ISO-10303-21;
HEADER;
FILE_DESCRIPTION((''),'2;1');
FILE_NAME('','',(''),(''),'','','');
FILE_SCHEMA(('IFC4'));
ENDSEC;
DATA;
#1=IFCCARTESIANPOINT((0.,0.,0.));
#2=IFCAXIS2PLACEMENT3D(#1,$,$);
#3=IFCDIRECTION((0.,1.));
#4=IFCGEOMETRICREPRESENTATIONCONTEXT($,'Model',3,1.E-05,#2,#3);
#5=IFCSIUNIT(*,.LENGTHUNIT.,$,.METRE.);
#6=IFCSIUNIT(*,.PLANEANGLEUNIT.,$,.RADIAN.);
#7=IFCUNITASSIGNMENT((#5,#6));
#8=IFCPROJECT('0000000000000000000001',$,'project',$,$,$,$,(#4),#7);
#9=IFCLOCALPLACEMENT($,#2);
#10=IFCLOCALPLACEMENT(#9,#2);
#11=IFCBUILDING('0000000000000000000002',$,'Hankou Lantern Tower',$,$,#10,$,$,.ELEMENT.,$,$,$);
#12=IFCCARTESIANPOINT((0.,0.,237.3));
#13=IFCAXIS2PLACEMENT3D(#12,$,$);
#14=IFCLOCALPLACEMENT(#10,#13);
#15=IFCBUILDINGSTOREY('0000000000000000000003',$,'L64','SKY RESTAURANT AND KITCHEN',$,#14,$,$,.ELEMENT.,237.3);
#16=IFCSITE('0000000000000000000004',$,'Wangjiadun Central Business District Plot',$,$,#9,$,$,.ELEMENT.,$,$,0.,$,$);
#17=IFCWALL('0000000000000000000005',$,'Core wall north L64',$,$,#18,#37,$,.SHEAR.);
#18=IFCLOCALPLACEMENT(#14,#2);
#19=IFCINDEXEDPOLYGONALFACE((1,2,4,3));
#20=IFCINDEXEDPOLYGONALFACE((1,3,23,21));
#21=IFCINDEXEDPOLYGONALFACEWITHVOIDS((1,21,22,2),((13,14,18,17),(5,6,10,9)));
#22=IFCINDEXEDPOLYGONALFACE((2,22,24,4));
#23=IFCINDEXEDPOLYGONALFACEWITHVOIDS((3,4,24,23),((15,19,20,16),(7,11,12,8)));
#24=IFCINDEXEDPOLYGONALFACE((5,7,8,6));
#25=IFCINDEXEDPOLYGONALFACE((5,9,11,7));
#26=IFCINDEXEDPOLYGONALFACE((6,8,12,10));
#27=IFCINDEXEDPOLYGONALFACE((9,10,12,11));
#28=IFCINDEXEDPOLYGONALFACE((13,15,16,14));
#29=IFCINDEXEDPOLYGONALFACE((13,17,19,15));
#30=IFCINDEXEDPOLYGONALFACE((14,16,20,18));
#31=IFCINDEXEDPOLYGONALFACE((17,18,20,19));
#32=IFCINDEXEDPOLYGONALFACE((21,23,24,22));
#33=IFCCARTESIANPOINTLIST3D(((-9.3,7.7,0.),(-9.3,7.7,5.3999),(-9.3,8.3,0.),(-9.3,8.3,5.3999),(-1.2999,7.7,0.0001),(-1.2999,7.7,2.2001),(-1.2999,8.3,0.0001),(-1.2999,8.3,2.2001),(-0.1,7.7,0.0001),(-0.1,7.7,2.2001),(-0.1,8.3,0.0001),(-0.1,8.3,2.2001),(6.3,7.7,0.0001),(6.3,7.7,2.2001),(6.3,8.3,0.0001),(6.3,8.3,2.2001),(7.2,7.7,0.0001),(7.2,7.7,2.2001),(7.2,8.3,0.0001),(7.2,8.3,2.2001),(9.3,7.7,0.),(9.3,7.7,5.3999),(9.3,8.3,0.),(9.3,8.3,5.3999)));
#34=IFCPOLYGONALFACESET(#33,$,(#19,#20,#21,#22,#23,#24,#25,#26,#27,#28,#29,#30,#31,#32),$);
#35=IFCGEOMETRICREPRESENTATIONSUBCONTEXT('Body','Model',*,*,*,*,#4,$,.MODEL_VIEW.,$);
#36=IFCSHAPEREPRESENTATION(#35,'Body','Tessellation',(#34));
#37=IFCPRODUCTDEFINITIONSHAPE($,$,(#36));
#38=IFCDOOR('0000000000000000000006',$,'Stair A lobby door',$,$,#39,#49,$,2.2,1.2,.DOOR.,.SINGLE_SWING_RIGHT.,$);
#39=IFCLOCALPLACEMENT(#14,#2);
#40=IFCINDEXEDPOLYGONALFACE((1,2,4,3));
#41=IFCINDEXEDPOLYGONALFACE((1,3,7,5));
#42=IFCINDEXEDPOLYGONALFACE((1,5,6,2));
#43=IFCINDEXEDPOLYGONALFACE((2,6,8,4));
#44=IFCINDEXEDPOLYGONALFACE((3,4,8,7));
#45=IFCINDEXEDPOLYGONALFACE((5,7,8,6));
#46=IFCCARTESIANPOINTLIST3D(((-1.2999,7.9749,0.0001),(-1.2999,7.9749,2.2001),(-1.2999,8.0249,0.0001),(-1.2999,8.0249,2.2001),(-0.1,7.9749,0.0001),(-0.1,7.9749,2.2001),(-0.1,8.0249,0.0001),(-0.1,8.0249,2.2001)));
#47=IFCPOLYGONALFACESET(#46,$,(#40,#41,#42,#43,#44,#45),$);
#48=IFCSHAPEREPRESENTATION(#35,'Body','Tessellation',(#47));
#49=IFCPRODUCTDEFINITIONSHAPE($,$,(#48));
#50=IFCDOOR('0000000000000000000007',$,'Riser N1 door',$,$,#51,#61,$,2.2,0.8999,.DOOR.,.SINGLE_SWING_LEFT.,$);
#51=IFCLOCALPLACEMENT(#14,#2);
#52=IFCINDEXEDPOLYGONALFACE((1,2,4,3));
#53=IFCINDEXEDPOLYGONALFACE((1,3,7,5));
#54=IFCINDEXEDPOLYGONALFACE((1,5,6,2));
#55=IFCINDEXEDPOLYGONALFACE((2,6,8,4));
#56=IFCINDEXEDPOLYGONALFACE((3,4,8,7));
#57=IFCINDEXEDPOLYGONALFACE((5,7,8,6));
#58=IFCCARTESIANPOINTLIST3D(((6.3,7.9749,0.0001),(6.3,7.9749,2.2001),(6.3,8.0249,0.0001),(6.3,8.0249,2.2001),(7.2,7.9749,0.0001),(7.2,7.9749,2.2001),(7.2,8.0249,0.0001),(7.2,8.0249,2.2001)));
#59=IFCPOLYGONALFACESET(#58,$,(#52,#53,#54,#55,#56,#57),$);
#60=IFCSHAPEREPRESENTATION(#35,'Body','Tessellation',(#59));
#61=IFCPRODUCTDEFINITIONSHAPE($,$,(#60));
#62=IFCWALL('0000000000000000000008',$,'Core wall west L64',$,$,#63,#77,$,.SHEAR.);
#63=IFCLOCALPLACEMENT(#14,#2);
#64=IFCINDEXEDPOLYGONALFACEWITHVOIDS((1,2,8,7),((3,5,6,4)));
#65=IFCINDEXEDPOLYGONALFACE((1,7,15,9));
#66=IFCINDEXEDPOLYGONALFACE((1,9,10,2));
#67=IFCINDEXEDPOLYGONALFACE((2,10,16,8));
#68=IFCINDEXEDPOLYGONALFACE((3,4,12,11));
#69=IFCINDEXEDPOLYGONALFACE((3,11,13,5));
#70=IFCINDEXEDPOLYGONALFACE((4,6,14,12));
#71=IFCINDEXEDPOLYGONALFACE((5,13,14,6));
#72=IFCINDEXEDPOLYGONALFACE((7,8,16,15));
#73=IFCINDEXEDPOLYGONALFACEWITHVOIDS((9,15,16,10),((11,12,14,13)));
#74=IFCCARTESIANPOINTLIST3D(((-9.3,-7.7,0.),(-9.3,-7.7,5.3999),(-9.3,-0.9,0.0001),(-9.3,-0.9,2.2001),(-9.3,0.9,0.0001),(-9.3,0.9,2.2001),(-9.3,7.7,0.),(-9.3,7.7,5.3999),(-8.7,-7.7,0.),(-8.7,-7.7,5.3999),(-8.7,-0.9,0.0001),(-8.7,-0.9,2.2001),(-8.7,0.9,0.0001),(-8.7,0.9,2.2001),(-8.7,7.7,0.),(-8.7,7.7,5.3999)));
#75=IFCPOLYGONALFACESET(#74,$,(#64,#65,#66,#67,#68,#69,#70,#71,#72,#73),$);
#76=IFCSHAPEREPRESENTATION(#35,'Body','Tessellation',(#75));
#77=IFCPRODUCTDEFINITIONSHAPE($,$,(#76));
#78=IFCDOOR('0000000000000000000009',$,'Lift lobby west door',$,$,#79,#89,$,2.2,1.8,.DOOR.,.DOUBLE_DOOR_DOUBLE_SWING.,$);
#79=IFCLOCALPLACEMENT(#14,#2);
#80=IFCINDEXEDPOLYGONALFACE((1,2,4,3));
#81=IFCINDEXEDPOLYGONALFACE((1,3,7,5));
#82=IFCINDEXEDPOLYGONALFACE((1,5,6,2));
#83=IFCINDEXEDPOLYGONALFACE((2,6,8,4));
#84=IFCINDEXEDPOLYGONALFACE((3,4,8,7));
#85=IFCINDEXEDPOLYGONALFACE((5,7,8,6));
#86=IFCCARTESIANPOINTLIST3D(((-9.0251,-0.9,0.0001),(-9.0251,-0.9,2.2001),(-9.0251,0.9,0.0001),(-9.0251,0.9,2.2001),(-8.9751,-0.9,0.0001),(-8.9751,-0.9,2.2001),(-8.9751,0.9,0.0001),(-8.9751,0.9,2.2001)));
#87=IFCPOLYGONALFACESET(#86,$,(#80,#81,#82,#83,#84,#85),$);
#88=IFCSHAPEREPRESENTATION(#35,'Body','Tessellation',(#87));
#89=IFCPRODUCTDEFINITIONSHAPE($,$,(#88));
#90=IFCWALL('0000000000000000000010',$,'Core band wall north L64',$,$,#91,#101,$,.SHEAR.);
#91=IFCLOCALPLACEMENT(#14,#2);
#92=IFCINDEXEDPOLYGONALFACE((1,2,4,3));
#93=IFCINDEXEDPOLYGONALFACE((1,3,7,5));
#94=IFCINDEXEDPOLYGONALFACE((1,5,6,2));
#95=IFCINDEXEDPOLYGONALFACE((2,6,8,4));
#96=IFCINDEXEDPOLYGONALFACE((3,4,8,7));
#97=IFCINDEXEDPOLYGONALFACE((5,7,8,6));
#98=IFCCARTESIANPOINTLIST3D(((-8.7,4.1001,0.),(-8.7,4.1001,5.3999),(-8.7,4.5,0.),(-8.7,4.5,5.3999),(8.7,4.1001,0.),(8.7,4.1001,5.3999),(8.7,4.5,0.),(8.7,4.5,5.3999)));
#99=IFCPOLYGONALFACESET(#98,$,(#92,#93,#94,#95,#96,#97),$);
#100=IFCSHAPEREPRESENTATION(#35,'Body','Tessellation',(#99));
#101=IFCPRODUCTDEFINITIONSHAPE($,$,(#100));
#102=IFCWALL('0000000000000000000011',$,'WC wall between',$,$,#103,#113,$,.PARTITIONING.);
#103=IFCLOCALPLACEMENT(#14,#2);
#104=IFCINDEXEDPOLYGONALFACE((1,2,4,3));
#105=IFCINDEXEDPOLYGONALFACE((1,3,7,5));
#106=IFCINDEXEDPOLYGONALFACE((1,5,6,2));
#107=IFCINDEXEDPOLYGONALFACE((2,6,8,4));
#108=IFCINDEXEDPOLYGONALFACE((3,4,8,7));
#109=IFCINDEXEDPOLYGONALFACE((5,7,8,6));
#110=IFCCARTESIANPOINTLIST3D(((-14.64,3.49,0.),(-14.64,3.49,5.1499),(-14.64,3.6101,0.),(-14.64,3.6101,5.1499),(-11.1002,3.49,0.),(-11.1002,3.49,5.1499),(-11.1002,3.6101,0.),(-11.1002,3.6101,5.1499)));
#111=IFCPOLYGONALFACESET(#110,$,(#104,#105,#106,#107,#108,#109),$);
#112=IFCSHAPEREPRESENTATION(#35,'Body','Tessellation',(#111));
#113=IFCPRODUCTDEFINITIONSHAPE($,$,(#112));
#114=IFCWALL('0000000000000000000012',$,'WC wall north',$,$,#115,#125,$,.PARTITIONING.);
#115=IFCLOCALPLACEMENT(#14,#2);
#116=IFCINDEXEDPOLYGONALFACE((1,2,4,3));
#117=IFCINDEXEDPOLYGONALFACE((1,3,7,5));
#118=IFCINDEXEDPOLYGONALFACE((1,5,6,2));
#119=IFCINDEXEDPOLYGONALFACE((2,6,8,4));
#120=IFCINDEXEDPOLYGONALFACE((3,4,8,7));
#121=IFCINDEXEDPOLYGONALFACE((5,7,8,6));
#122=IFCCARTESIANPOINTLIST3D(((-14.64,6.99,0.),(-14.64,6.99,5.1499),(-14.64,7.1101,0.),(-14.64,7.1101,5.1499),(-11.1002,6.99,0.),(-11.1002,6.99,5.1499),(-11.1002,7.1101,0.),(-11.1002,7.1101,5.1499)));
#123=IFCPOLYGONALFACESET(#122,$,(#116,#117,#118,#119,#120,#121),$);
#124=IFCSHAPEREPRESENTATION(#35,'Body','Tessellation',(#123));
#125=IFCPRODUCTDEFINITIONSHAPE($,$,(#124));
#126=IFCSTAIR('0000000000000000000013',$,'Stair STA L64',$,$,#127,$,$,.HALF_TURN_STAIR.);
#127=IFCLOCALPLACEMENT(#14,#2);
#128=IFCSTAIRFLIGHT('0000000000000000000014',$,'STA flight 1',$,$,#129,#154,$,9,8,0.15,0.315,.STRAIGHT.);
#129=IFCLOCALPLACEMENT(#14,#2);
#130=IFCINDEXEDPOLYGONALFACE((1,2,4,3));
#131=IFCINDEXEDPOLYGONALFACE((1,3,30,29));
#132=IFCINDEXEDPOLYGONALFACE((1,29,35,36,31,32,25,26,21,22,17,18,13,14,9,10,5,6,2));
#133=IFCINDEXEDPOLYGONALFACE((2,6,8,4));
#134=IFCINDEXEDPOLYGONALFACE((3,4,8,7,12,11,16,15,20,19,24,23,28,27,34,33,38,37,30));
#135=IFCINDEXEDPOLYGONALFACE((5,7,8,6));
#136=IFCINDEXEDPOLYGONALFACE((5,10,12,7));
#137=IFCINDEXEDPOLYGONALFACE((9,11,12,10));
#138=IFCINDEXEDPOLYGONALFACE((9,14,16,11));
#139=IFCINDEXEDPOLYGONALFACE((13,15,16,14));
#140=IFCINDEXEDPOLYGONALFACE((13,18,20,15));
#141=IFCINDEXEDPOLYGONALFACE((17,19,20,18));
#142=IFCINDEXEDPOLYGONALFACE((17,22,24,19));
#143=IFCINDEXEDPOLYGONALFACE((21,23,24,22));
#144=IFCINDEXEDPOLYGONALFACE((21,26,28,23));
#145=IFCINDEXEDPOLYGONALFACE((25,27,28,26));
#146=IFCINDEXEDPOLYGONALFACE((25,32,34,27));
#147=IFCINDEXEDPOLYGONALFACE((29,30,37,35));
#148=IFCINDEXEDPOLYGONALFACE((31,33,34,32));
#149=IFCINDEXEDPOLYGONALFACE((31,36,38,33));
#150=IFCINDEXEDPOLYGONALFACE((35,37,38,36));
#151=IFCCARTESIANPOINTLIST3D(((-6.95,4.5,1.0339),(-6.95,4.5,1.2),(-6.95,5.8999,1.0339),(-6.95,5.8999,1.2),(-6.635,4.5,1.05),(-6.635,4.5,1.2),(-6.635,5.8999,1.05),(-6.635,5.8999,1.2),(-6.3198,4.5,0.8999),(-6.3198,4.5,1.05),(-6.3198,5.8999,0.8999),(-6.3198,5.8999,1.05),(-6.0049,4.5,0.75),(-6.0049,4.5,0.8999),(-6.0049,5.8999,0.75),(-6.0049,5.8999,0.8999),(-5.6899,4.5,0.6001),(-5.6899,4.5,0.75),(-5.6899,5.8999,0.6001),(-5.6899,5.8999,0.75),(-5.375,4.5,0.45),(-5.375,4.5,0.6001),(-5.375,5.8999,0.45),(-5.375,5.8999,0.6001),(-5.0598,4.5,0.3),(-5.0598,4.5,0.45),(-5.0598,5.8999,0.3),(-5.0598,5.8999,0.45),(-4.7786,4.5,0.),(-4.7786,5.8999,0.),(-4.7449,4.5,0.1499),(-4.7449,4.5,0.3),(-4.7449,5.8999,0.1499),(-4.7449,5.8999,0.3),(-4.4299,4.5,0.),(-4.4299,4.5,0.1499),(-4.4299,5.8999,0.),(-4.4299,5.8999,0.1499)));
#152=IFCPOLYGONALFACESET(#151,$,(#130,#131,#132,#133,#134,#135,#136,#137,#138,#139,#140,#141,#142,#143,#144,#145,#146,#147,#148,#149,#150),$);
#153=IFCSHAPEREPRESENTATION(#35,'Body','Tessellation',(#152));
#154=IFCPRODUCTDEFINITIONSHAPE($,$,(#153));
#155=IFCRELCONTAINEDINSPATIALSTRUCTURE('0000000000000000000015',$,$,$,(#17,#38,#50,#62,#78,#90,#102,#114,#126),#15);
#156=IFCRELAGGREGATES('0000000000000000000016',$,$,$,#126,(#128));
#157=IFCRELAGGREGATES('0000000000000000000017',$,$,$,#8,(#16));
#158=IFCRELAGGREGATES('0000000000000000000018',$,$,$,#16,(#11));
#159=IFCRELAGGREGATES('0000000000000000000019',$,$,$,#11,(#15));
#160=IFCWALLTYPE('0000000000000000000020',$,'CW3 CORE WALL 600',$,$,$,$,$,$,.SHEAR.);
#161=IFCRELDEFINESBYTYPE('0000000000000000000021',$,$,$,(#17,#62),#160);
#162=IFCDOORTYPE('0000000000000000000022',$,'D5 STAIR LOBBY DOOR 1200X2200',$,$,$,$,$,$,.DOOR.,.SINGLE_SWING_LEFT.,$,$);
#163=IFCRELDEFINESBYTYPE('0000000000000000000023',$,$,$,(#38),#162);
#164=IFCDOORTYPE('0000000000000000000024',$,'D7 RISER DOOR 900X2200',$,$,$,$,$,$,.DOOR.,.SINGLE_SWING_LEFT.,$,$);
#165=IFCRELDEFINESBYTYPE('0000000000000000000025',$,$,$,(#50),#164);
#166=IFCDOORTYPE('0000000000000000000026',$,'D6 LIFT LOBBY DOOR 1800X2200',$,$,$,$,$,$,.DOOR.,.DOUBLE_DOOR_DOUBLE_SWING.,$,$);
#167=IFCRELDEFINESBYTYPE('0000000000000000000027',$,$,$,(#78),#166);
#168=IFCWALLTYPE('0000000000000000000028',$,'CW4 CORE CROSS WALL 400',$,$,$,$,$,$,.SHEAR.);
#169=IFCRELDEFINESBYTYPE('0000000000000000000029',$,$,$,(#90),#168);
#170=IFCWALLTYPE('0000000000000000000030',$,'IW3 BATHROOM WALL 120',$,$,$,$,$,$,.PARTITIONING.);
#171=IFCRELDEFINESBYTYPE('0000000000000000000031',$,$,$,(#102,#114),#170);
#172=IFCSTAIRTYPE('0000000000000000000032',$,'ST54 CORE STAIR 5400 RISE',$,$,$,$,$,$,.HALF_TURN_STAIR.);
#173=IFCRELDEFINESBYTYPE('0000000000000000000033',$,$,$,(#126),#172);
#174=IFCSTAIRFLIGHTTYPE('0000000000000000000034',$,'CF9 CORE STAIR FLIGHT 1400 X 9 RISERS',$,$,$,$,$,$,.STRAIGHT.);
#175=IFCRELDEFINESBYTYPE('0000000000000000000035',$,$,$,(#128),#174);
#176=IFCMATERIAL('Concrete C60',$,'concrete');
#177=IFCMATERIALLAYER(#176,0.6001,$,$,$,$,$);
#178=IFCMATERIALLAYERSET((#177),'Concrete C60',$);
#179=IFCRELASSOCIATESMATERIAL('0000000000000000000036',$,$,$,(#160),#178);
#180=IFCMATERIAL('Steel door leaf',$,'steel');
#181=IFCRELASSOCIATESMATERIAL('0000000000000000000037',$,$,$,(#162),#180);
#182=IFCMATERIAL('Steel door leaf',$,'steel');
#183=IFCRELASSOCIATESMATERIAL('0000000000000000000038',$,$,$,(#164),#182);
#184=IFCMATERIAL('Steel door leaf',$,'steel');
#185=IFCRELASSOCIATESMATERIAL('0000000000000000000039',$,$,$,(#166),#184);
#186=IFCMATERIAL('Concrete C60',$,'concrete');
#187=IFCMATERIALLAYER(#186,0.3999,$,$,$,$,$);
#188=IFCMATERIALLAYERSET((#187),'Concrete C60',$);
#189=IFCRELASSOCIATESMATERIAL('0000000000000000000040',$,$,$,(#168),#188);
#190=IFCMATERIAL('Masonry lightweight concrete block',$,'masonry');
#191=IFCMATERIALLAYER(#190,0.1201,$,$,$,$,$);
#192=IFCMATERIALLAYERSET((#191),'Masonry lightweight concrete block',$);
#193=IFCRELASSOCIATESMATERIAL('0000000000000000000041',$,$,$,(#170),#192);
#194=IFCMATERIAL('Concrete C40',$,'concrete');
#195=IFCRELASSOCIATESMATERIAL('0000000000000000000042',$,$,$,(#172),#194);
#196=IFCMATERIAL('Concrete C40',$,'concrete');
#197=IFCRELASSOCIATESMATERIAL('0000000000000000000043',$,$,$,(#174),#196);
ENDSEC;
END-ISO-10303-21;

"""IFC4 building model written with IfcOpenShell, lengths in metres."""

from ifc_helpers import new_model, si_unit, direction, frame, frame_2d, origin, place, context, subcontext, project, spatial, polyline, rectangle, outline, extrude, material, layer, layer_set, type_object, element, fill, aggregate, save


model = new_model("IFC4")

# Units and contexts
model_context = context("Model", 3, precision=1e-05, world=origin(), true_north=direction((0.0, 1.0)))
body_context = subcontext(model_context, "Body", "Model", "MODEL_VIEW")
ifc_project = project(units=[si_unit("LENGTHUNIT", "METRE"), si_unit("PLANEANGLEUNIT", "RADIAN")], contexts=[model_context])

# Site, building, storey
site_placement = place(None, origin())
site = spatial("IfcSite", under=ifc_project, at=site_placement, Name="Wangjiadun Central Business District Plot", CompositionType="ELEMENT", RefElevation=0.0)
building_placement = place(site_placement, origin())
building = spatial("IfcBuilding", under=site, at=building_placement, Name="Hankou Lantern Tower", CompositionType="ELEMENT")
storey_placement = place(building_placement, frame((0.0, 0.0, 237.3)))
storey = spatial("IfcBuildingStorey", under=building, at=storey_placement, Name="L64", Description="SKY RESTAURANT AND KITCHEN", CompositionType="ELEMENT", Elevation=237.3)

# Wall, openings, doors
ifc_material_1 = material(Name="Concrete C60", Category="concrete")
ifc_layer_1 = layer(ifc_material_1, 0.6001)
ifc_layer_set_1 = layer_set([ifc_layer_1], Name="Concrete C60")
wall_type_1 = type_object("IfcWallType", Name="CW3 CORE WALL 600", PredefinedType="SHEAR", material=ifc_layer_set_1)
wall_1_placement = place(storey_placement, frame((-9.3, 8.0, 0.0), z_axis=(0.0, 0.0, 1.0), x_axis=(1.0, 0.0, 0.0)))
wall_1 = element("IfcWall", 1, at=wall_1_placement, inside=storey, type_object=wall_type_1, Name="Core wall north L64", PredefinedType="SHEAR", context=body_context, shape_type="SweptSolid", body=[
    extrude(rectangle(XDim=18.6001, YDim=0.6001, at=frame_2d((9.3, 0.0))), origin(), (0.0, 0.0, 1.0), 5.3999),
])
opening_1_placement = place(wall_1_placement, frame((8.0, 0.0, 0.0)))
opening_1 = element("IfcOpeningElement", 2, at=opening_1_placement, cuts=wall_1, PredefinedType="OPENING", context=body_context, shape_type="SweptSolid", body=[
    extrude(rectangle(XDim=1.2, YDim=2.2, at=frame_2d((0.6001, 1.1001))), frame((0.0, 0.3101, 0.0), z_axis=(0.0, -1.0, 0.0), x_axis=(1.0, 0.0, 0.0)), (0.0, 0.0, 1.0), 0.6201),
])
opening_2_placement = place(wall_1_placement, frame((15.6001, 0.0, 0.0)))
opening_2 = element("IfcOpeningElement", 3, at=opening_2_placement, cuts=wall_1, PredefinedType="OPENING", context=body_context, shape_type="SweptSolid", body=[
    extrude(rectangle(XDim=0.8999, YDim=2.2, at=frame_2d((0.45, 1.1001))), frame((0.0, 0.3101, 0.0), z_axis=(0.0, -1.0, 0.0), x_axis=(1.0, 0.0, 0.0)), (0.0, 0.0, 1.0), 0.6201),
])
ifc_material_2 = material(Name="Steel door leaf", Category="steel")
door_type_1 = type_object("IfcDoorType", Name="D5 STAIR LOBBY DOOR 1200X2200", OperationType="SINGLE_SWING_LEFT", PredefinedType="DOOR", material=ifc_material_2)
door_1_placement = place(opening_1_placement, origin())
door_1 = element("IfcDoor", 4, at=door_1_placement, inside=storey, type_object=door_type_1, Name="Stair A lobby door", OperationType="SINGLE_SWING_RIGHT", OverallHeight=2.2, OverallWidth=1.2, PredefinedType="DOOR", context=body_context, shape_type="SweptSolid", body=[
    extrude(rectangle(XDim=1.2, YDim=2.2, at=frame_2d((0.6001, 1.1001))), frame((0.0, 0.0249, 0.0), z_axis=(0.0, -1.0, 0.0), x_axis=(1.0, 0.0, 0.0)), (0.0, 0.0, 1.0), 0.05),
])
fill(opening_1, door_1)
ifc_material_3 = material(Name="Steel door leaf", Category="steel")
door_type_2 = type_object("IfcDoorType", Name="D7 RISER DOOR 900X2200", OperationType="SINGLE_SWING_LEFT", PredefinedType="DOOR", material=ifc_material_3)
door_2_placement = place(opening_2_placement, origin())
door_2 = element("IfcDoor", 5, at=door_2_placement, inside=storey, type_object=door_type_2, Name="Riser N1 door", OperationType="SINGLE_SWING_LEFT", OverallHeight=2.2, OverallWidth=0.8999, PredefinedType="DOOR", context=body_context, shape_type="SweptSolid", body=[
    extrude(rectangle(XDim=0.8999, YDim=2.2, at=frame_2d((0.45, 1.1001))), frame((0.0, 0.0249, 0.0), z_axis=(0.0, -1.0, 0.0), x_axis=(1.0, 0.0, 0.0)), (0.0, 0.0, 1.0), 0.05),
])
fill(opening_2, door_2)

# Wall, opening, door
wall_2_placement = place(storey_placement, frame((-9.0, 7.7, 0.0), z_axis=(0.0, 0.0, 1.0), x_axis=(0.0, -1.0, 0.0)))
wall_2 = element("IfcWall", 6, at=wall_2_placement, inside=storey, type_object=wall_type_1, Name="Core wall west L64", PredefinedType="SHEAR", context=body_context, shape_type="SweptSolid", body=[
    extrude(rectangle(XDim=15.3999, YDim=0.6001, at=frame_2d((7.7, 0.0))), origin(), (0.0, 0.0, 1.0), 5.3999),
])
opening_3_placement = place(wall_2_placement, frame((6.8, 0.0, 0.0)))
opening_3 = element("IfcOpeningElement", 7, at=opening_3_placement, cuts=wall_2, PredefinedType="OPENING", context=body_context, shape_type="SweptSolid", body=[
    extrude(rectangle(XDim=1.8, YDim=2.2, at=frame_2d((0.8999, 1.1001))), frame((0.0, 0.3101, 0.0), z_axis=(0.0, -1.0, 0.0), x_axis=(1.0, 0.0, 0.0)), (0.0, 0.0, 1.0), 0.6201),
])
ifc_material_4 = material(Name="Steel door leaf", Category="steel")
door_type_3 = type_object("IfcDoorType", Name="D6 LIFT LOBBY DOOR 1800X2200", OperationType="DOUBLE_DOOR_DOUBLE_SWING", PredefinedType="DOOR", material=ifc_material_4)
door_3_placement = place(opening_3_placement, origin())
door_3 = element("IfcDoor", 8, at=door_3_placement, inside=storey, type_object=door_type_3, Name="Lift lobby west door", OperationType="DOUBLE_DOOR_DOUBLE_SWING", OverallHeight=2.2, OverallWidth=1.8, PredefinedType="DOOR", context=body_context, shape_type="SweptSolid", body=[
    extrude(rectangle(XDim=1.8, YDim=2.2, at=frame_2d((0.8999, 1.1001))), frame((0.0, 0.0249, 0.0), z_axis=(0.0, -1.0, 0.0), x_axis=(1.0, 0.0, 0.0)), (0.0, 0.0, 1.0), 0.05),
])
fill(opening_3, door_3)

# Walls
ifc_material_5 = material(Name="Concrete C60", Category="concrete")
ifc_layer_2 = layer(ifc_material_5, 0.3999)
ifc_layer_set_2 = layer_set([ifc_layer_2], Name="Concrete C60")
wall_type_2 = type_object("IfcWallType", Name="CW4 CORE CROSS WALL 400", PredefinedType="SHEAR", material=ifc_layer_set_2)
wall_3_placement = place(storey_placement, frame((-8.7, 4.3, 0.0), z_axis=(0.0, 0.0, 1.0), x_axis=(1.0, 0.0, 0.0)))
element("IfcWall", 9, at=wall_3_placement, inside=storey, type_object=wall_type_2, Name="Core band wall north L64", PredefinedType="SHEAR", context=body_context, shape_type="SweptSolid", body=[
    extrude(rectangle(XDim=17.3999, YDim=0.3999, at=frame_2d((8.7, 0.0))), origin(), (0.0, 0.0, 1.0), 5.3999),
])
ifc_material_6 = material(Name="Masonry lightweight concrete block", Category="masonry")
ifc_layer_3 = layer(ifc_material_6, 0.1201)
ifc_layer_set_3 = layer_set([ifc_layer_3], Name="Masonry lightweight concrete block")
wall_type_3 = type_object("IfcWallType", Name="IW3 BATHROOM WALL 120", PredefinedType="PARTITIONING", material=ifc_layer_set_3)
for number, where, z_axis, x_axis, name in (
    (10, (-11.1001, 3.55, 0.0), (0.0, 0.0, 1.0), (-1.0, 0.0, 0.0), "WC wall between"),
    (11, (-11.1001, 7.05, 0.0), (0.0, 0.0, 1.0), (-1.0, 0.0, 0.0), "WC wall north"),
):
    element("IfcWall", number, at=place(storey_placement, frame(where, z_axis=z_axis, x_axis=x_axis)), inside=storey, type_object=wall_type_3, Name=name, PredefinedType="PARTITIONING", context=body_context, shape_type="SweptSolid", body=[
        extrude(rectangle(XDim=3.5398, YDim=0.1201, at=frame_2d((1.77, 0.0))), origin(), (0.0, 0.0, 1.0), 5.1499),
    ])

# Stair, stair flight
ifc_material_7 = material(Name="Concrete C40", Category="concrete")
stair_type = type_object("IfcStairType", Name="ST54 CORE STAIR 5400 RISE", PredefinedType="HALF_TURN_STAIR", material=ifc_material_7)
stair_placement = place(storey_placement, origin())
stair = element("IfcStair", 12, at=stair_placement, inside=storey, type_object=stair_type, Name="Stair STA L64", PredefinedType="HALF_TURN_STAIR")
ifc_material_8 = material(Name="Concrete C40", Category="concrete")
stair_flight_type = type_object("IfcStairFlightType", Name="CF9 CORE STAIR FLIGHT 1400 X 9 RISERS", PredefinedType="STRAIGHT", material=ifc_material_8)
stair_flight_1_placement = place(storey_placement, frame((-4.4299, 5.2, 0.0), z_axis=(0.0, 0.0, 1.0), x_axis=(-1.0, 0.0, 0.0)))
stair_flight_1 = element("IfcStairFlight", 13, at=stair_flight_1_placement, type_object=stair_flight_type, Name="STA flight 1", NumberOfRisers=9, NumberOfTreads=8, PredefinedType="STRAIGHT", RiserHeight=0.15, TreadLength=0.315, context=body_context, shape_type="SweptSolid", body=[
    extrude(outline(polyline([(0.0, 0.0), (0.0, 0.1499), (0.3149, 0.1499), (0.3149, 0.3), (0.6299, 0.3), (0.6299, 0.45), (0.9451, 0.45), (0.9451, 0.6001), (1.26, 0.6001), (1.26, 0.75), (1.575, 0.75), (1.575, 0.8999), (1.8899, 0.8999), (1.8899, 1.05), (2.2051, 1.05), (2.2051, 1.2), (2.52, 1.2), (2.52, 1.3501), (2.52, 1.0339), (0.3486, 0.0), (0.0, 0.0)])), frame((0.0, 0.7, 0.0), z_axis=(0.0, -1.0, 0.0), x_axis=(1.0, 0.0, 0.0)), (0.0, 0.0, 1.0), 1.3999),
])
aggregate(stair, [stair_flight_1])

save(model, "model.ifc")
